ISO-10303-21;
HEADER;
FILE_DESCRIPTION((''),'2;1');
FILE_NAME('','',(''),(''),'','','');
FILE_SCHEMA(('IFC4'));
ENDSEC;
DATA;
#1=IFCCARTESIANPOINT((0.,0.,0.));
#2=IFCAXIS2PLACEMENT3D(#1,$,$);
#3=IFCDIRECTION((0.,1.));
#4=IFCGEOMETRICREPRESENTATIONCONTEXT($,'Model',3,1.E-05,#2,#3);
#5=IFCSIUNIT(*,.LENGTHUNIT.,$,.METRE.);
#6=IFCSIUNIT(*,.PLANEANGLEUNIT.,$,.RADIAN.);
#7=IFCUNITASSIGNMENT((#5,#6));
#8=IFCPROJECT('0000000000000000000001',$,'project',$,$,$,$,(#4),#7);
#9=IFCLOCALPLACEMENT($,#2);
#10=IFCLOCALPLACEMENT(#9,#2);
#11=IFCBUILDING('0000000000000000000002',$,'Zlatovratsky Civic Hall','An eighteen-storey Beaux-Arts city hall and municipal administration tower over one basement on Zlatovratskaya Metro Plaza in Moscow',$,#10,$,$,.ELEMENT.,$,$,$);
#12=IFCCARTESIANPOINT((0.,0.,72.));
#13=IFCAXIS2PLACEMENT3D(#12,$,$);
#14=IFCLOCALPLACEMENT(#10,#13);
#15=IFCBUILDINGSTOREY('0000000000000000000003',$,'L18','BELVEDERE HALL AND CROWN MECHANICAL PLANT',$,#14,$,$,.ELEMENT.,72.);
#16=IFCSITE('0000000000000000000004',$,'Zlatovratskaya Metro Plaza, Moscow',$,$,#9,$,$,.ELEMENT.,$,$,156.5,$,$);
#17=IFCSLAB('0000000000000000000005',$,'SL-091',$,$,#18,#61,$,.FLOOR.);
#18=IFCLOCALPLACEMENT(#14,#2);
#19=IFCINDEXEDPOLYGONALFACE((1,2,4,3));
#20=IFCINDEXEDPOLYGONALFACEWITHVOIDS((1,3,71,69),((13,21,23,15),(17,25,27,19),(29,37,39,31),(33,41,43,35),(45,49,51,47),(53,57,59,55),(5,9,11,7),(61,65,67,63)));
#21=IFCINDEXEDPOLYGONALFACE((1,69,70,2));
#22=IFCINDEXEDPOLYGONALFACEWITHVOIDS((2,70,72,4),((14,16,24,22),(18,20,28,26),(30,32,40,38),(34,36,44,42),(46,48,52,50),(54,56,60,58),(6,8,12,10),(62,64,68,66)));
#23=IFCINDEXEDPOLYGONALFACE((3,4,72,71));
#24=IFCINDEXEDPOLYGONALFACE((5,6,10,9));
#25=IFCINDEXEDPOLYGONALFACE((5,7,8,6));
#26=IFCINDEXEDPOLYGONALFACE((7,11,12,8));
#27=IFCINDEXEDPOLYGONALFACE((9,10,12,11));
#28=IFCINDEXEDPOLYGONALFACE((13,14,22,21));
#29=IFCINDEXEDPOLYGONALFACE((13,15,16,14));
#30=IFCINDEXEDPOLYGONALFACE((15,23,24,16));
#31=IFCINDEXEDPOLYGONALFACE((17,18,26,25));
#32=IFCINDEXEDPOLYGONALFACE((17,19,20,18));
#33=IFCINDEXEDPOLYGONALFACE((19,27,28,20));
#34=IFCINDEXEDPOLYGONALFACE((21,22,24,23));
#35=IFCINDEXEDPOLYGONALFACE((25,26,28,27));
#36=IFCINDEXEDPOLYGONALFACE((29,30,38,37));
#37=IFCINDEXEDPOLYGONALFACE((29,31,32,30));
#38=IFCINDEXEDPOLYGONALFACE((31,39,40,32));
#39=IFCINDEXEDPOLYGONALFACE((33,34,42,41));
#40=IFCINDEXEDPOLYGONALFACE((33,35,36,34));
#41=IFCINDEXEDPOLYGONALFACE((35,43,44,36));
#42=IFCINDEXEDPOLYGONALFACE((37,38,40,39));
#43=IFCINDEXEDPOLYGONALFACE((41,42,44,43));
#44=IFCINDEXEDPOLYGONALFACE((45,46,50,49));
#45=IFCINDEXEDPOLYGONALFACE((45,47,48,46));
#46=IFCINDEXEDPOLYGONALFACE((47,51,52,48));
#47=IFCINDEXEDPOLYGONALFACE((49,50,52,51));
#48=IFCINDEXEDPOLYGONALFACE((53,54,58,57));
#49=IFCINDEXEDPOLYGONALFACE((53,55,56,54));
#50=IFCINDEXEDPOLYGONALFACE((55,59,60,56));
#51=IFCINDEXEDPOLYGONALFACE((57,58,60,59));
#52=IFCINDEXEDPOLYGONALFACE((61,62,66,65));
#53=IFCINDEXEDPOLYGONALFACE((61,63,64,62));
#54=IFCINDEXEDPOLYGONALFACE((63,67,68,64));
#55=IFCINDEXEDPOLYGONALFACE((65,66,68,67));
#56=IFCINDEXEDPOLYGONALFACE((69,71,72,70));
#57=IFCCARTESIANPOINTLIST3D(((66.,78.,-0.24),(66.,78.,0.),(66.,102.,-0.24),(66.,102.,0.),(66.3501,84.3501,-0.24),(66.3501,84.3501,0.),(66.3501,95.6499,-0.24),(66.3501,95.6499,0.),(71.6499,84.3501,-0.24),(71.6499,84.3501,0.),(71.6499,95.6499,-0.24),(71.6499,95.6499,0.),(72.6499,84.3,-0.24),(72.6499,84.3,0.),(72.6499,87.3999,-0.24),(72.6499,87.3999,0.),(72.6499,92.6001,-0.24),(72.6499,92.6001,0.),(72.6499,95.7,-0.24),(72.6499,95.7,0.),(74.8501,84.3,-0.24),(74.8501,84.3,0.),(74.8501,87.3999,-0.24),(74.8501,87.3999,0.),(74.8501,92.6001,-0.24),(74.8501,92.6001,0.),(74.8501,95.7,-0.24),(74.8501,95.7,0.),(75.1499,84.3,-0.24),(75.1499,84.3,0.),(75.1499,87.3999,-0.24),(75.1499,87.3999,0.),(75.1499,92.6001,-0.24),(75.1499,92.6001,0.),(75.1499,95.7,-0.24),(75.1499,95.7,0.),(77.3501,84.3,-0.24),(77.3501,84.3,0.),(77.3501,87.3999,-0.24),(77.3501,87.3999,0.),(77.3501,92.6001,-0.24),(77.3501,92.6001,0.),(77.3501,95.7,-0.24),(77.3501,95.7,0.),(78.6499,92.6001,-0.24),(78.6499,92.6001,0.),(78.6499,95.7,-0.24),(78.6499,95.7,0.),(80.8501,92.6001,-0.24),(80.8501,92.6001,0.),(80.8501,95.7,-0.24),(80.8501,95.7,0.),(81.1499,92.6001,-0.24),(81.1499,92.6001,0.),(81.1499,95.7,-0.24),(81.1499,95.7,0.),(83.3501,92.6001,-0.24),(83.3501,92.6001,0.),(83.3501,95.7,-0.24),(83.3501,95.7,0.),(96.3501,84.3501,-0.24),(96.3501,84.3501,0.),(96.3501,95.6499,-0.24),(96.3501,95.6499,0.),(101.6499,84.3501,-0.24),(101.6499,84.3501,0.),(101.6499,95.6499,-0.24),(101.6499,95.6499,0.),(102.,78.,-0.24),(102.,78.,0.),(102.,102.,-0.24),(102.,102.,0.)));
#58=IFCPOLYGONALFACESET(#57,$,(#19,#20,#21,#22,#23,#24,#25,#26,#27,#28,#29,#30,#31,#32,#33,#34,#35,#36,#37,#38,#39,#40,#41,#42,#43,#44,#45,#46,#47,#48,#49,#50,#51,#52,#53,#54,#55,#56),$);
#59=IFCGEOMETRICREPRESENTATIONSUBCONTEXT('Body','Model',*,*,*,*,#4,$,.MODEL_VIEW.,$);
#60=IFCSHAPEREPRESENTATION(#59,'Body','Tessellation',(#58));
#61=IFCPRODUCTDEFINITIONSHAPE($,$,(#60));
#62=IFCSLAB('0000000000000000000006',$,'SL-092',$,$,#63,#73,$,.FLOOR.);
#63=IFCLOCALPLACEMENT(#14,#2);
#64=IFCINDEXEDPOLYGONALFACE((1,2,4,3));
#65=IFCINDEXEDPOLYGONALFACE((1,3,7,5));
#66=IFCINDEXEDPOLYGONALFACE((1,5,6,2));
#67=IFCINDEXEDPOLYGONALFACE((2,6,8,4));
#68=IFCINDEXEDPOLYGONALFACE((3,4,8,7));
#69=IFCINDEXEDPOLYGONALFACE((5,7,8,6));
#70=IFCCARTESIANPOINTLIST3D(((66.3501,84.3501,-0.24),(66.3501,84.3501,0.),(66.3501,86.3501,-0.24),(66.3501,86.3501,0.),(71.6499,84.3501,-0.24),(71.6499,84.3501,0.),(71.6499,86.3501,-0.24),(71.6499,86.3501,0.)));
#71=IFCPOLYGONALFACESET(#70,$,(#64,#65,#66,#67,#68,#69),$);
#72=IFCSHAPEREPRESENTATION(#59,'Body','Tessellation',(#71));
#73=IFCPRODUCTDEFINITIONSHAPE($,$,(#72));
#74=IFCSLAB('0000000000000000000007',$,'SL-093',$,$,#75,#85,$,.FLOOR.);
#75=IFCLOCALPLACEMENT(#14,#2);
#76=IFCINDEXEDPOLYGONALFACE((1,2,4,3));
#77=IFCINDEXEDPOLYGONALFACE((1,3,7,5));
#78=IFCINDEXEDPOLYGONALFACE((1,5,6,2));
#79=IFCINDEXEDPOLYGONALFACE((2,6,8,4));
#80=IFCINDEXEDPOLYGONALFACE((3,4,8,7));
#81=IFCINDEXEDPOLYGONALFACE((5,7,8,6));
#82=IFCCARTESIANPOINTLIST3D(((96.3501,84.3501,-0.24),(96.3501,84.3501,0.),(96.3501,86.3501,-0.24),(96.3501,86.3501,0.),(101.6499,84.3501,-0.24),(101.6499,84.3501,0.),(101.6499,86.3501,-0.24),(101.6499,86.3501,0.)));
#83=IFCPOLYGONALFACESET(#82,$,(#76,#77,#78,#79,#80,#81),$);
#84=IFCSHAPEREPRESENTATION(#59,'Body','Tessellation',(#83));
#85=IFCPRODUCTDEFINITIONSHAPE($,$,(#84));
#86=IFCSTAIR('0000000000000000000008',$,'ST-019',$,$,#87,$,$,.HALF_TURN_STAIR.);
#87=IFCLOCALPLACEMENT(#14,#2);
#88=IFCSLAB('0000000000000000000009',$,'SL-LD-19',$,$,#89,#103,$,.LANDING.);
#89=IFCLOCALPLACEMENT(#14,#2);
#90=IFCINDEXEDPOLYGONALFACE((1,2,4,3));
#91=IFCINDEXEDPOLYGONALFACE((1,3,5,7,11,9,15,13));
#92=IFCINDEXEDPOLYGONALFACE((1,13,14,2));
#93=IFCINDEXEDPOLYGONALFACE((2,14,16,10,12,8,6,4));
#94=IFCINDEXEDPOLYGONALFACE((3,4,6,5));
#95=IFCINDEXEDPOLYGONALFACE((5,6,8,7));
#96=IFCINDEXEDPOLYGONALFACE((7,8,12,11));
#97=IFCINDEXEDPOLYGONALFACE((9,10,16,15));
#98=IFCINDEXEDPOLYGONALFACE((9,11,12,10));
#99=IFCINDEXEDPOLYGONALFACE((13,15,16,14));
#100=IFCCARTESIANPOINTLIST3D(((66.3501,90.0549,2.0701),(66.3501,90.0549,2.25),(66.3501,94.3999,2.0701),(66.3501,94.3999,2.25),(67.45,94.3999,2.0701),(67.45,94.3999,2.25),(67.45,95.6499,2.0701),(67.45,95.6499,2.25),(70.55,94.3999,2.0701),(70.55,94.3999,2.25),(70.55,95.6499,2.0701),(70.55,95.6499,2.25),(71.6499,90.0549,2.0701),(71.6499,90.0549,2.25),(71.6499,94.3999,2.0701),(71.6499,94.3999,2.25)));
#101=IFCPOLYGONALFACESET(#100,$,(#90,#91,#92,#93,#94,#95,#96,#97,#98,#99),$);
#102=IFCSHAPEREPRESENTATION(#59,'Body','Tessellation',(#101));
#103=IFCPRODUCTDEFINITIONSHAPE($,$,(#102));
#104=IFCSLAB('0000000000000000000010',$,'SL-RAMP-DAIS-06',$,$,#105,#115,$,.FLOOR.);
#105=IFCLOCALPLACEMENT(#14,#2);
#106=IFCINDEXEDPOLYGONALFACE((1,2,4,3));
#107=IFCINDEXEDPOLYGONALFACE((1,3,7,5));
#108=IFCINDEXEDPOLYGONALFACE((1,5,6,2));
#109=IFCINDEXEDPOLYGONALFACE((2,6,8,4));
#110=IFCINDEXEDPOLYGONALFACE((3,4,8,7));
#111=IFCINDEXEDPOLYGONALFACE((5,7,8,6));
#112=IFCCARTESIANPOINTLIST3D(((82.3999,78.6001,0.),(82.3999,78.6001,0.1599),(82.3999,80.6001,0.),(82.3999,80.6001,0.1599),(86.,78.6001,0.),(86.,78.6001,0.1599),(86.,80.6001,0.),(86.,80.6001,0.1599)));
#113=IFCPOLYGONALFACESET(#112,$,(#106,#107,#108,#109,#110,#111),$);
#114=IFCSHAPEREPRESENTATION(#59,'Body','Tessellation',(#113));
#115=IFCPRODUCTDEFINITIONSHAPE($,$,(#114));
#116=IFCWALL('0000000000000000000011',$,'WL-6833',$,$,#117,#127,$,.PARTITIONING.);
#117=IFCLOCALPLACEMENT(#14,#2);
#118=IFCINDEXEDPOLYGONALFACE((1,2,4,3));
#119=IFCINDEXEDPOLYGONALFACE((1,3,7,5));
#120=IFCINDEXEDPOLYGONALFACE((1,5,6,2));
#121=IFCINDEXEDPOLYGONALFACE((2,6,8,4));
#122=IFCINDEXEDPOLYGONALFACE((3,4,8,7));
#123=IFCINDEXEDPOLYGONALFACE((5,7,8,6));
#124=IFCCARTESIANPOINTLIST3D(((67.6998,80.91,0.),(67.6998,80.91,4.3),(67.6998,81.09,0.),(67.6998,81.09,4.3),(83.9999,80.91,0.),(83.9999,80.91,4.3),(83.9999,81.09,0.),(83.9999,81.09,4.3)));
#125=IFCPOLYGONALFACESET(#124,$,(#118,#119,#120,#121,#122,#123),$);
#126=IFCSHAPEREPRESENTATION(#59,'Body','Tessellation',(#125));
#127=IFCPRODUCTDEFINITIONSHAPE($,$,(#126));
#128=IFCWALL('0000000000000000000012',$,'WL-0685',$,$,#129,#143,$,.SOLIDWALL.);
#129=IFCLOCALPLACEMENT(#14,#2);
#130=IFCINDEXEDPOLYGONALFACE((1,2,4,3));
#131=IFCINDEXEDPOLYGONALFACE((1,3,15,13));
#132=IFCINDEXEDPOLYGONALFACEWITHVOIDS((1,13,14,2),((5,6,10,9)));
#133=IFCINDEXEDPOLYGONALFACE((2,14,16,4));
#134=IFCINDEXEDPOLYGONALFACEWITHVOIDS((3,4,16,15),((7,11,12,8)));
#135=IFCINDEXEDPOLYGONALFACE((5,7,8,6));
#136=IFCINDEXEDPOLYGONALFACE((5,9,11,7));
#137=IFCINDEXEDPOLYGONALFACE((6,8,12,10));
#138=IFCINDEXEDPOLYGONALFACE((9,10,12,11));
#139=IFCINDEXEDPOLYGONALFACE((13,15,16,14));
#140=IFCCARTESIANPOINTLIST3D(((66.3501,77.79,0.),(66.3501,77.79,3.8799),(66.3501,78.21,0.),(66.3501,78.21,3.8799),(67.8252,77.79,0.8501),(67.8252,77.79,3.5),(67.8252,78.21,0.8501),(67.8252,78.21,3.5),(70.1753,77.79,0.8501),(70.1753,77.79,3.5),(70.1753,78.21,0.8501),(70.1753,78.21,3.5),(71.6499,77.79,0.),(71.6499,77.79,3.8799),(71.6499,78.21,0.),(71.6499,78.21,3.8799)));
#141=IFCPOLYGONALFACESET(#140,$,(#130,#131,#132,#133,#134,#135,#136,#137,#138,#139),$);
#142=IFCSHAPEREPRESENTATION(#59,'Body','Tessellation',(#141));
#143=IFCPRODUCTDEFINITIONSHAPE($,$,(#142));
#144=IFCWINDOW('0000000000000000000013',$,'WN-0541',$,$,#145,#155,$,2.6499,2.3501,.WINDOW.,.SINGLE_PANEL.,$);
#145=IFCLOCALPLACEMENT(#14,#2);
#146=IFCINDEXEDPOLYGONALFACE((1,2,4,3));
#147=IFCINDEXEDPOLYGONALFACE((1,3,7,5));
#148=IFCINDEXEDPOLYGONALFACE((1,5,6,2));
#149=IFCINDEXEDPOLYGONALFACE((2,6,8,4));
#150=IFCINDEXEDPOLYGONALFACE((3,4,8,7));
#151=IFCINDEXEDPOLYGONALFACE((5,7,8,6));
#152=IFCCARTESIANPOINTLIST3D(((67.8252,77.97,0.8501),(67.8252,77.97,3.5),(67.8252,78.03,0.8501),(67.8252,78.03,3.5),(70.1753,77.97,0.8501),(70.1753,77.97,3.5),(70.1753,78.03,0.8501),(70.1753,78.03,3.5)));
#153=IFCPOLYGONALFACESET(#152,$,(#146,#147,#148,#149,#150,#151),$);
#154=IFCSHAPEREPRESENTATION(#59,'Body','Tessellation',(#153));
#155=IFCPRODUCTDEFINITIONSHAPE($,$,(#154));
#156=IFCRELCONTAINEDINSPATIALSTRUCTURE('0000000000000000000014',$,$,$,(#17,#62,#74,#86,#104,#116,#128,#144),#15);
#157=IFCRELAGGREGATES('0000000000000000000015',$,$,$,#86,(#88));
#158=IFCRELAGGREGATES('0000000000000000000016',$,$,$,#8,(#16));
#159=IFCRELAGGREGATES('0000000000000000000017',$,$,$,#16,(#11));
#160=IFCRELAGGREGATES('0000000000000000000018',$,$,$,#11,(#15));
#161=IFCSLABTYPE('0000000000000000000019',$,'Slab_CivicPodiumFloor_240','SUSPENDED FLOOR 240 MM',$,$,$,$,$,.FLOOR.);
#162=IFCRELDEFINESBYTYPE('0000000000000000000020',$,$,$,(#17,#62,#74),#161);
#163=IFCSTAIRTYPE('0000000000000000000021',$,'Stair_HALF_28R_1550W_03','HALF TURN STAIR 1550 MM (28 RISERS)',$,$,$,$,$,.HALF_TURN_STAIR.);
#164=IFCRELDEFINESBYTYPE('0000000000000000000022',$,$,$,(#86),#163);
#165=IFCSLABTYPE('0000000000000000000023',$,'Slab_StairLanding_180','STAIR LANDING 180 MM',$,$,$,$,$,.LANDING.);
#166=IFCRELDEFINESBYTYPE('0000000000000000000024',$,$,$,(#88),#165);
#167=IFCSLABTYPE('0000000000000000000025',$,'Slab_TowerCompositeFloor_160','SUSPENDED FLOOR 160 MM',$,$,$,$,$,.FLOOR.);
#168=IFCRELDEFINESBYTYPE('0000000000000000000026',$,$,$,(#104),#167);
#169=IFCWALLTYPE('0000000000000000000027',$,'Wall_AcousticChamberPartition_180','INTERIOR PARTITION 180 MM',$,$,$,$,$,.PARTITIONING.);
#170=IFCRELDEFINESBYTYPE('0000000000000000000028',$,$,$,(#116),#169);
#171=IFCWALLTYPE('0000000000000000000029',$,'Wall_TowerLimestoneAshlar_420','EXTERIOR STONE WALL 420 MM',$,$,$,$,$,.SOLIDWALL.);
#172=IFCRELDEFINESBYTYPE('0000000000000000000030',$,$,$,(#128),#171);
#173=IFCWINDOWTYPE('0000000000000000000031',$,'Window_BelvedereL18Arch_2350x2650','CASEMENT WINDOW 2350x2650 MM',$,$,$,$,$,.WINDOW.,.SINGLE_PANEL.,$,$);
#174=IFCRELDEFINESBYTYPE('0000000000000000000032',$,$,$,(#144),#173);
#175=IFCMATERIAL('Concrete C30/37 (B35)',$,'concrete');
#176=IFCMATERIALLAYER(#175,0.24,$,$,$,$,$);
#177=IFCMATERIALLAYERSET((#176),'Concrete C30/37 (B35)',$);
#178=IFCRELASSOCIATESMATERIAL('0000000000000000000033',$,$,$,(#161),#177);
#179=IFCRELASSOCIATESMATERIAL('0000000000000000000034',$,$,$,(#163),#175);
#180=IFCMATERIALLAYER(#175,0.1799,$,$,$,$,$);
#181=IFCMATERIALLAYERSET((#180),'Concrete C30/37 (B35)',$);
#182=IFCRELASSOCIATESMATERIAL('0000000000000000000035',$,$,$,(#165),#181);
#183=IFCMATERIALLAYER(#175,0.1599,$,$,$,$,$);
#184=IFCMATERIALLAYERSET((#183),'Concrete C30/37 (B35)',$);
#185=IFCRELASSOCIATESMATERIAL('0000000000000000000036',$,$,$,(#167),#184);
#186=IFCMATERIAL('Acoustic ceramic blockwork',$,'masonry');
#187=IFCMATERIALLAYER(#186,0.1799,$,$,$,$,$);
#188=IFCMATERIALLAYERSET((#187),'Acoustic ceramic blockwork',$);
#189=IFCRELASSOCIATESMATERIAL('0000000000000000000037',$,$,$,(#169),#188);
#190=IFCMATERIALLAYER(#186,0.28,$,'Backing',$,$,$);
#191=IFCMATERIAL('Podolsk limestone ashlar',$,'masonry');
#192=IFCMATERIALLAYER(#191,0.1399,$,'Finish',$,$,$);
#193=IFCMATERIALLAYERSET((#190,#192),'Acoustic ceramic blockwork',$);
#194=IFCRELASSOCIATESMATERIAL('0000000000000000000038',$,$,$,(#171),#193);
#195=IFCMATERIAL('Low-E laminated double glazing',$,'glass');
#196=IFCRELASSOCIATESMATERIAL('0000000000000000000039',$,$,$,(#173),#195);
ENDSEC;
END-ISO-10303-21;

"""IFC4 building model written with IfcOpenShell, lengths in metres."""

from ifc_helpers import new_model, si_unit, direction, frame, frame_2d, origin, place, context, subcontext, project, spatial, polyline, rectangle, outline, extrude, material, layer, layer_set, type_object, element, fill, aggregate, save


model = new_model("IFC4")

# Units and contexts
model_context = context("Model", 3, precision=1e-05, world=origin(), true_north=direction((0.0, 1.0)))
body_context = subcontext(model_context, "Body", "Model", "MODEL_VIEW")
ifc_project = project(units=[si_unit("LENGTHUNIT", "METRE"), si_unit("PLANEANGLEUNIT", "RADIAN")], contexts=[model_context])

# Site, building, storey
site_placement = place(None, origin())
site = spatial("IfcSite", under=ifc_project, at=site_placement, Name="Zlatovratskaya Metro Plaza, Moscow", CompositionType="ELEMENT", RefElevation=156.5)
building_placement = place(site_placement, origin())
building = spatial("IfcBuilding", under=site, at=building_placement, Name="Zlatovratsky Civic Hall", Description="An eighteen-storey Beaux-Arts city hall and municipal administration tower over one basement on Zlatovratskaya Metro Plaza in Moscow", CompositionType="ELEMENT")
storey_placement = place(building_placement, frame((0.0, 0.0, 72.0)))
storey = spatial("IfcBuildingStorey", under=building, at=storey_placement, Name="L18", Description="BELVEDERE HALL AND CROWN MECHANICAL PLANT", CompositionType="ELEMENT", Elevation=72.0)

# Slabs
ifc_material_1 = material(Name="Concrete C30/37 (B35)", Category="concrete")
ifc_layer_1 = layer(ifc_material_1, 0.24)
ifc_layer_set_1 = layer_set([ifc_layer_1], Name="Concrete C30/37 (B35)")
slab_type_1 = type_object("IfcSlabType", Name="Slab_CivicPodiumFloor_240", Description="SUSPENDED FLOOR 240 MM", PredefinedType="FLOOR", material=ifc_layer_set_1)
slab_1_placement = place(storey_placement, frame((0.0, 0.0, -0.24)))
element("IfcSlab", 1, at=slab_1_placement, inside=storey, type_object=slab_type_1, Name="SL-091", PredefinedType="FLOOR", context=body_context, shape_type="SweptSolid", body=[
    extrude(outline(polyline([(66.0, 78.0), (102.0, 78.0), (102.0, 102.0), (66.0, 102.0), (66.0, 78.0)]), holes=[polyline([(66.3501, 84.3501), (71.6499, 84.3501), (71.6499, 95.6499), (66.3501, 95.6499), (66.3501, 84.3501)]), polyline([(96.3501, 84.3501), (101.6499, 84.3501), (101.6499, 95.6499), (96.3501, 95.6499), (96.3501, 84.3501)]), polyline([(72.6499, 84.3), (74.8501, 84.3), (74.8501, 87.3999), (72.6499, 87.3999), (72.6499, 84.3)]), polyline([(75.1499, 84.3), (77.3501, 84.3), (77.3501, 87.3999), (75.1499, 87.3999), (75.1499, 84.3)]), polyline([(72.6499, 92.6001), (74.8501, 92.6001), (74.8501, 95.7), (72.6499, 95.7), (72.6499, 92.6001)]), polyline([(75.1499, 92.6001), (77.3501, 92.6001), (77.3501, 95.7), (75.1499, 95.7), (75.1499, 92.6001)]), polyline([(78.6499, 92.6001), (80.8501, 92.6001), (80.8501, 95.7), (78.6499, 95.7), (78.6499, 92.6001)]), polyline([(81.1499, 92.6001), (83.3501, 92.6001), (83.3501, 95.7), (81.1499, 95.7), (81.1499, 92.6001)])]), origin(), (0.0, 0.0, 1.0), 0.24),
])
slab_2_placement = place(storey_placement, frame((0.0, 0.0, -0.24)))
element("IfcSlab", 2, at=slab_2_placement, inside=storey, type_object=slab_type_1, Name="SL-092", PredefinedType="FLOOR", context=body_context, shape_type="SweptSolid", body=[
    extrude(outline(polyline([(66.3501, 84.3501), (71.6499, 84.3501), (71.6499, 86.3501), (66.3501, 86.3501), (66.3501, 84.3501)])), origin(), (0.0, 0.0, 1.0), 0.24),
])
slab_3_placement = place(storey_placement, frame((0.0, 0.0, -0.24)))
element("IfcSlab", 3, at=slab_3_placement, inside=storey, type_object=slab_type_1, Name="SL-093", PredefinedType="FLOOR", context=body_context, shape_type="SweptSolid", body=[
    extrude(outline(polyline([(96.3501, 84.3501), (101.6499, 84.3501), (101.6499, 86.3501), (96.3501, 86.3501), (96.3501, 84.3501)])), origin(), (0.0, 0.0, 1.0), 0.24),
])

# Stair, slab
stair_type = type_object("IfcStairType", Name="Stair_HALF_28R_1550W_03", Description="HALF TURN STAIR 1550 MM (28 RISERS)", PredefinedType="HALF_TURN_STAIR", material=ifc_material_1)
stair_placement = place(storey_placement, origin())
stair = element("IfcStair", 4, at=stair_placement, inside=storey, type_object=stair_type, Name="ST-019", PredefinedType="HALF_TURN_STAIR")
ifc_layer_2 = layer(ifc_material_1, 0.1799)
ifc_layer_set_2 = layer_set([ifc_layer_2], Name="Concrete C30/37 (B35)")
slab_type_2 = type_object("IfcSlabType", Name="Slab_StairLanding_180", Description="STAIR LANDING 180 MM", PredefinedType="LANDING", material=ifc_layer_set_2)
slab_4_placement = place(storey_placement, frame((0.0, 0.0, 2.0701)))
slab_4 = element("IfcSlab", 5, at=slab_4_placement, type_object=slab_type_2, Name="SL-LD-19", PredefinedType="LANDING", context=body_context, shape_type="SweptSolid", body=[
    extrude(outline(polyline([(66.3501, 90.0549), (71.6499, 90.0549), (71.6499, 94.3999), (70.55, 94.3999), (70.55, 95.6499), (67.45, 95.6499), (67.45, 94.3999), (66.3501, 94.3999), (66.3501, 90.0549)])), origin(), (0.0, 0.0, 1.0), 0.1799),
])
aggregate(stair, [slab_4])

# Slab
ifc_layer_3 = layer(ifc_material_1, 0.1599)
ifc_layer_set_3 = layer_set([ifc_layer_3], Name="Concrete C30/37 (B35)")
slab_type_3 = type_object("IfcSlabType", Name="Slab_TowerCompositeFloor_160", Description="SUSPENDED FLOOR 160 MM", PredefinedType="FLOOR", material=ifc_layer_set_3)
slab_5_placement = place(storey_placement, origin())
element("IfcSlab", 6, at=slab_5_placement, inside=storey, type_object=slab_type_3, Name="SL-RAMP-DAIS-06", PredefinedType="FLOOR", context=body_context, shape_type="SweptSolid", body=[
    extrude(outline(polyline([(82.3999, 78.6001), (86.0, 78.6001), (86.0, 80.6001), (82.3999, 80.6001), (82.3999, 78.6001)])), origin(), (0.0, 0.0, 1.0), 0.1599),
])

# Wall
ifc_material_2 = material(Name="Acoustic ceramic blockwork", Category="masonry")
ifc_layer_4 = layer(ifc_material_2, 0.1799)
ifc_layer_set_4 = layer_set([ifc_layer_4], Name="Acoustic ceramic blockwork")
wall_type_1 = type_object("IfcWallType", Name="Wall_AcousticChamberPartition_180", Description="INTERIOR PARTITION 180 MM", PredefinedType="PARTITIONING", material=ifc_layer_set_4)
wall_1_placement = place(storey_placement, frame((67.7, 81.0, 0.0), z_axis=(0.0, 0.0, 1.0), x_axis=(1.0, 0.0, 0.0)))
element("IfcWall", 7, at=wall_1_placement, inside=storey, type_object=wall_type_1, Name="WL-6833", PredefinedType="PARTITIONING", context=body_context, shape_type="SweptSolid", body=[
    extrude(rectangle(XDim=16.3, YDim=0.1799, at=frame_2d((8.1499, 0.0))), origin(), (0.0, 0.0, 1.0), 4.3),
])

# Wall, opening, window
ifc_layer_5 = layer(ifc_material_2, 0.28, Name="Backing")
ifc_material_3 = material(Name="Podolsk limestone ashlar", Category="masonry")
ifc_layer_6 = layer(ifc_material_3, 0.1399, Name="Finish")
ifc_layer_set_5 = layer_set([ifc_layer_5, ifc_layer_6], Name="Acoustic ceramic blockwork")
wall_type_2 = type_object("IfcWallType", Name="Wall_TowerLimestoneAshlar_420", Description="EXTERIOR STONE WALL 420 MM", PredefinedType="SOLIDWALL", material=ifc_layer_set_5)
wall_2_placement = place(storey_placement, frame((66.3501, 78.0, 0.0), z_axis=(0.0, 0.0, 1.0), x_axis=(1.0, 0.0, 0.0)))
wall_2 = element("IfcWall", 8, at=wall_2_placement, inside=storey, type_object=wall_type_2, Name="WL-0685", PredefinedType="SOLIDWALL", context=body_context, shape_type="SweptSolid", body=[
    extrude(rectangle(XDim=5.2998, YDim=0.4199, at=frame_2d((2.6499, 0.0))), origin(), (0.0, 0.0, 1.0), 3.8799),
])
opening_1_placement = place(wall_2_placement, frame((1.4751, 0.0, 0.8501)))
opening_1 = element("IfcOpeningElement", 9, at=opening_1_placement, cuts=wall_2, PredefinedType="OPENING", context=body_context, shape_type="SweptSolid", body=[
    extrude(rectangle(XDim=2.3501, YDim=2.6499, at=frame_2d((1.175, 1.325))), frame((0.0, 0.2249, 0.0), z_axis=(0.0, -1.0, 0.0), x_axis=(1.0, 0.0, 0.0)), (0.0, 0.0, 1.0), 0.4497),
])
ifc_material_4 = material(Name="Low-E laminated double glazing", Category="glass")
window_type_1 = type_object("IfcWindowType", Name="Window_BelvedereL18Arch_2350x2650", Description="CASEMENT WINDOW 2350x2650 MM", PartitioningType="SINGLE_PANEL", PredefinedType="WINDOW", material=ifc_material_4)
window_1_placement = place(opening_1_placement, origin())
window_1 = element("IfcWindow", 10, at=window_1_placement, inside=storey, type_object=window_type_1, Name="WN-0541", OverallHeight=2.6499, OverallWidth=2.3501, PartitioningType="SINGLE_PANEL", PredefinedType="WINDOW", context=body_context, shape_type="SweptSolid", body=[
    extrude(rectangle(XDim=2.3501, YDim=2.6499, at=frame_2d((1.175, 1.325))), frame((0.0, 0.03, 0.0), z_axis=(0.0, -1.0, 0.0), x_axis=(1.0, 0.0, 0.0)), (0.0, 0.0, 1.0), 0.0601),
])
fill(opening_1, window_1)

save(model, "model.ifc")
